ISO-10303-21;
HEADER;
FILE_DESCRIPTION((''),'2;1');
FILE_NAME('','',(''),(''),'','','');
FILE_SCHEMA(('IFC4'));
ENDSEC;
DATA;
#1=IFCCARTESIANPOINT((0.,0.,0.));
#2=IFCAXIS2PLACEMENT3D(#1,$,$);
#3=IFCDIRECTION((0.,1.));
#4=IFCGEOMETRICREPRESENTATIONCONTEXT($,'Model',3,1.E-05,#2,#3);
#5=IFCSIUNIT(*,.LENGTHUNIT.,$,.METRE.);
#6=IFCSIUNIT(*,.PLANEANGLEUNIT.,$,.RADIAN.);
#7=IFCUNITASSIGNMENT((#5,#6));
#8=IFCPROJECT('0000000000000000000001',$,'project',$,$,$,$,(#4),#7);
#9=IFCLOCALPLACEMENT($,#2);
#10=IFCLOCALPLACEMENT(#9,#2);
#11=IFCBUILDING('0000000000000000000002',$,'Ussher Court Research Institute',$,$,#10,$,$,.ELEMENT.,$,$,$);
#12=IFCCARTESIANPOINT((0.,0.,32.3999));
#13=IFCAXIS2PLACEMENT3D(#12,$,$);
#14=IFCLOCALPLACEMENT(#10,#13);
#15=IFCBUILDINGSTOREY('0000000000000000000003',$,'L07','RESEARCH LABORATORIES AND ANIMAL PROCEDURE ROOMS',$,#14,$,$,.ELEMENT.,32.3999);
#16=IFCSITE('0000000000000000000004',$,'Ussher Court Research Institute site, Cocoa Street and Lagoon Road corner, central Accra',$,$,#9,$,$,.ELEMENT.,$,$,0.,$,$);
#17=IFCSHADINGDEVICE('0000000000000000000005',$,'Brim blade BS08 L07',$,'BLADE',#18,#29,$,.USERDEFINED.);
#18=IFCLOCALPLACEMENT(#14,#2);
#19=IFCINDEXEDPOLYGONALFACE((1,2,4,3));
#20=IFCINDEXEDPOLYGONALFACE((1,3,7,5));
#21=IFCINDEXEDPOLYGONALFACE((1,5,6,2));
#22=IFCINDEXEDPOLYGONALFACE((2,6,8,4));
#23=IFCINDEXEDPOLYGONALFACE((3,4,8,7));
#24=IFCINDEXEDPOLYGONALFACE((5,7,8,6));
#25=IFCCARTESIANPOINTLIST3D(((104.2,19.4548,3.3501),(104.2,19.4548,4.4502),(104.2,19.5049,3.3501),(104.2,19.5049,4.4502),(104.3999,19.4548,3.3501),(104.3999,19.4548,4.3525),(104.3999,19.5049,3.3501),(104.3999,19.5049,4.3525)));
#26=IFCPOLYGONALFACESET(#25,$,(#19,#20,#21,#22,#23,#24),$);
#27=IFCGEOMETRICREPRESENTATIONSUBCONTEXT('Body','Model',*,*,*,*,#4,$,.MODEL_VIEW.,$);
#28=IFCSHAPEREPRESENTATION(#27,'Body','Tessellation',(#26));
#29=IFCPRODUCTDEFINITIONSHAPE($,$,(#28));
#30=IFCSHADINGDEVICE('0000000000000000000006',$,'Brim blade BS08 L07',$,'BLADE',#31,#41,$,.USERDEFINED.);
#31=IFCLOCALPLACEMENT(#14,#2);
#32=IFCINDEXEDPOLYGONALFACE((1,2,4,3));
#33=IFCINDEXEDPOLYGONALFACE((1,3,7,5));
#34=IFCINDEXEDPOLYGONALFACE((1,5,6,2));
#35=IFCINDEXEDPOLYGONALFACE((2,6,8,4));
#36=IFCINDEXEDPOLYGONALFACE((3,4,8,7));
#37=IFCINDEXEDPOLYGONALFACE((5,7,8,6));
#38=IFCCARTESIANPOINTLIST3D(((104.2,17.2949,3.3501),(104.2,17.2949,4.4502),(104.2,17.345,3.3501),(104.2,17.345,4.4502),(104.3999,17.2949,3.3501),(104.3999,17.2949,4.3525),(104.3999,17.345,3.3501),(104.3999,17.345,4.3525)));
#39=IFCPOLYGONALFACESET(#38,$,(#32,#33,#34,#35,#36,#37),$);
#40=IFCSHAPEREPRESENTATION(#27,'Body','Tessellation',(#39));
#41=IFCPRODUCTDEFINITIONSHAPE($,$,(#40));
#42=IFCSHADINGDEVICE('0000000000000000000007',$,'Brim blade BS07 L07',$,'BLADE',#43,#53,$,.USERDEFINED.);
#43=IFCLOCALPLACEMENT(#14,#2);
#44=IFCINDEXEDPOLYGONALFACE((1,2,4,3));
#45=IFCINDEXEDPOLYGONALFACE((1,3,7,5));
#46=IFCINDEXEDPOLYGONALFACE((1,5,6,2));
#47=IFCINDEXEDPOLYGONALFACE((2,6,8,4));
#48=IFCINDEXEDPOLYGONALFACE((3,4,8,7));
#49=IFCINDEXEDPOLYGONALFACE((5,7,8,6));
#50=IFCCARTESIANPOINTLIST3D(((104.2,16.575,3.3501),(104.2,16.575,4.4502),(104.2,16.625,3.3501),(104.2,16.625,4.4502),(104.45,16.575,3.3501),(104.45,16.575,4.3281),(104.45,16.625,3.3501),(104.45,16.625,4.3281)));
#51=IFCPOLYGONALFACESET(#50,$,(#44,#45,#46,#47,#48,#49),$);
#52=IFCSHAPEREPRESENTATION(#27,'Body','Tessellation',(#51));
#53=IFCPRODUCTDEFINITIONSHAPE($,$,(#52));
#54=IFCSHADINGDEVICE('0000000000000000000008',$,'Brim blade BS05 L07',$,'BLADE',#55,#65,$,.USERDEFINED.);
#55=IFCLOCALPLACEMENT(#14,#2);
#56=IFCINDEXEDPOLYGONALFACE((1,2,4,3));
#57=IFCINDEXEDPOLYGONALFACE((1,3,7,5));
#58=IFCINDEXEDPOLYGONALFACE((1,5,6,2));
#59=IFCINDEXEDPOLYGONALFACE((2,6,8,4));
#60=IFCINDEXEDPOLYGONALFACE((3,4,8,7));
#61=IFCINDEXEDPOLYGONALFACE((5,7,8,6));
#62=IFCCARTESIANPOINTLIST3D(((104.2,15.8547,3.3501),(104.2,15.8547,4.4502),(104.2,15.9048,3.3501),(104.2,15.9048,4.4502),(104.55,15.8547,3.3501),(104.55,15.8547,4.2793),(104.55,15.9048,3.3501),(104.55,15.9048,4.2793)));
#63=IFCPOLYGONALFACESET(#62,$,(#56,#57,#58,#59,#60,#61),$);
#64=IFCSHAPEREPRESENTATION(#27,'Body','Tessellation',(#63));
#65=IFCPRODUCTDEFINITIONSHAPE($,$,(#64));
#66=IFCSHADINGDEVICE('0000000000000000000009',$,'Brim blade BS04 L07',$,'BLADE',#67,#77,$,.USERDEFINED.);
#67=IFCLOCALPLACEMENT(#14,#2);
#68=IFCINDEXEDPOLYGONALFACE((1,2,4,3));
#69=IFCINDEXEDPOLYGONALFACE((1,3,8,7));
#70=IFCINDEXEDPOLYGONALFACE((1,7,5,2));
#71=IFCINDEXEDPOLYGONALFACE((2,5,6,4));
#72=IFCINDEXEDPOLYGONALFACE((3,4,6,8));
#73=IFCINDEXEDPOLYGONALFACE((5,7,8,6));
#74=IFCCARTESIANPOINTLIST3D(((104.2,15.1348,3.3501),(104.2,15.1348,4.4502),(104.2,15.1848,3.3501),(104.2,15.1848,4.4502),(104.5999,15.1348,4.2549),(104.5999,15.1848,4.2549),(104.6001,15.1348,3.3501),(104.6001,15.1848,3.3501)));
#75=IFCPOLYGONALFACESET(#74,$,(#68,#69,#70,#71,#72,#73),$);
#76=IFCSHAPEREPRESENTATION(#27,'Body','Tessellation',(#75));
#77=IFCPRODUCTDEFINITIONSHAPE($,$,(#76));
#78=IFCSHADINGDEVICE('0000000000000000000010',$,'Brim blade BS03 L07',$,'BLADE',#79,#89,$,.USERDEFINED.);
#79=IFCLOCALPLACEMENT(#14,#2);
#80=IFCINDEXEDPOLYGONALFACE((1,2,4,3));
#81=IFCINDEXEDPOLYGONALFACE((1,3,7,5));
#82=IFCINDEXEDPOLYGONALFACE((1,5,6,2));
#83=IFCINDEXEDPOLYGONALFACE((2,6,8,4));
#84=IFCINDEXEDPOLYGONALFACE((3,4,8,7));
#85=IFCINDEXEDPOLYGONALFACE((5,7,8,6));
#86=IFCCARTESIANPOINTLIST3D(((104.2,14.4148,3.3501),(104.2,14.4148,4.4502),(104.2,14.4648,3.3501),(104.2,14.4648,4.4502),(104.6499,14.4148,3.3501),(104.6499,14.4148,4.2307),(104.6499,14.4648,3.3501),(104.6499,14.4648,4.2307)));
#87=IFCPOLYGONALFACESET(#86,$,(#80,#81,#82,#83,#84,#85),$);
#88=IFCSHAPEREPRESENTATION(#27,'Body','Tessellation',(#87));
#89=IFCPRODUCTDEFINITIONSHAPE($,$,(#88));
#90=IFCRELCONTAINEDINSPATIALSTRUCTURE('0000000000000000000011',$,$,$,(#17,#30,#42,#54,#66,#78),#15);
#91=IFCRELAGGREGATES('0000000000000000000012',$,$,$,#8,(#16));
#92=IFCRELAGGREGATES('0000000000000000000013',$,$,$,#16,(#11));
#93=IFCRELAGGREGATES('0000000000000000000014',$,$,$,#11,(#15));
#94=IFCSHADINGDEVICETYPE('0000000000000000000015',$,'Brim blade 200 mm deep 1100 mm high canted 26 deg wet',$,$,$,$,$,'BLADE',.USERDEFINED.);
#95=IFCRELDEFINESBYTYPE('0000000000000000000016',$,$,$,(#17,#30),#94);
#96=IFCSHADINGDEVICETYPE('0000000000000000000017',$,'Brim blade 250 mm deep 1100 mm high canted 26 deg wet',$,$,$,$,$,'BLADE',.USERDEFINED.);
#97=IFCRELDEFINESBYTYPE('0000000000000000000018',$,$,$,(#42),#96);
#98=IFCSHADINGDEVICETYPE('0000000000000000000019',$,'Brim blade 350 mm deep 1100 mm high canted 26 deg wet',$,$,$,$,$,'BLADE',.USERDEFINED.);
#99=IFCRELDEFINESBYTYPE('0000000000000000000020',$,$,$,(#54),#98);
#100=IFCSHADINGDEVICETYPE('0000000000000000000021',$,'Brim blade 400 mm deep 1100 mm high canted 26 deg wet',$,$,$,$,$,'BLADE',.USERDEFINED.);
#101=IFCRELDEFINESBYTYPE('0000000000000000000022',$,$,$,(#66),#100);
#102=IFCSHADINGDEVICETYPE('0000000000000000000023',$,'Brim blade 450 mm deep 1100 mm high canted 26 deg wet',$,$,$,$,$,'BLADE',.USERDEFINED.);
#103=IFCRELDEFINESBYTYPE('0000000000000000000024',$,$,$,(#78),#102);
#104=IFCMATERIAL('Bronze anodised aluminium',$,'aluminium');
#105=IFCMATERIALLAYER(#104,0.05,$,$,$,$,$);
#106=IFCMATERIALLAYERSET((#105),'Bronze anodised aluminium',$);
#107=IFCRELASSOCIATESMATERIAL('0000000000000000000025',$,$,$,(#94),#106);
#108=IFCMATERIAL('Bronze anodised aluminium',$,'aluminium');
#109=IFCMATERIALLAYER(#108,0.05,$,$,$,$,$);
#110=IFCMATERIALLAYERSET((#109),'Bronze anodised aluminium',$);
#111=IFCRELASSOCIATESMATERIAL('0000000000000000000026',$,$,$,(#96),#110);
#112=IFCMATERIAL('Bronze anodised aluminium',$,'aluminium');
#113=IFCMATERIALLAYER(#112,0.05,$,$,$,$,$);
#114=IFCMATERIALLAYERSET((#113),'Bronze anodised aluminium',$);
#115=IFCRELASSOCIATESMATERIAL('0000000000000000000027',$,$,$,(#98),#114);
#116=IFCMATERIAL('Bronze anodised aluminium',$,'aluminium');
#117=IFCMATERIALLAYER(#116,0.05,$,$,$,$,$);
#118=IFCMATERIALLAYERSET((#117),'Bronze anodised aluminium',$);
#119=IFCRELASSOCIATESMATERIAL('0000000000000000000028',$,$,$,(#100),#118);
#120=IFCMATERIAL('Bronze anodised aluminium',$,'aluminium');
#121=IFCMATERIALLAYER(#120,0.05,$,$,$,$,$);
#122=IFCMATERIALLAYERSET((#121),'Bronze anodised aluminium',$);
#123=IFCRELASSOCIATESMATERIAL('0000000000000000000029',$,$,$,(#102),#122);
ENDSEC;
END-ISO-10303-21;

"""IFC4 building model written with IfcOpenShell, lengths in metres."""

from ifc_helpers import new_model, si_unit, direction, frame, origin, place, context, subcontext, project, spatial, polyline, outline, extrude, material, layer, layer_set, type_object, element, save


model = new_model("IFC4")

# Units and contexts
model_context = context("Model", 3, precision=1e-05, world=origin(), true_north=direction((0.0, 1.0)))
body_context = subcontext(model_context, "Body", "Model", "MODEL_VIEW")
ifc_project = project(units=[si_unit("LENGTHUNIT", "METRE"), si_unit("PLANEANGLEUNIT", "RADIAN")], contexts=[model_context])

# Site, building, storey
site_placement = place(None, origin())
site = spatial("IfcSite", under=ifc_project, at=site_placement, Name="Ussher Court Research Institute site, Cocoa Street and Lagoon Road corner, central Accra", CompositionType="ELEMENT", RefElevation=0.0)
building_placement = place(site_placement, origin())
building = spatial("IfcBuilding", under=site, at=building_placement, Name="Ussher Court Research Institute", CompositionType="ELEMENT")
storey_placement = place(building_placement, frame((0.0, 0.0, 32.3999)))
storey = spatial("IfcBuildingStorey", under=building, at=storey_placement, Name="L07", Description="RESEARCH LABORATORIES AND ANIMAL PROCEDURE ROOMS", CompositionType="ELEMENT", Elevation=32.3999)

# Shading devices
ifc_material_1 = material(Name="Bronze anodised aluminium", Category="aluminium")
ifc_layer_1 = layer(ifc_material_1, 0.05)
ifc_layer_set_1 = layer_set([ifc_layer_1], Name="Bronze anodised aluminium")
shading_device_type_1 = type_object("IfcShadingDeviceType", Name="Brim blade 200 mm deep 1100 mm high canted 26 deg wet", ElementType="BLADE", PredefinedType="USERDEFINED", material=ifc_layer_set_1)
for number, where, z_axis, x_axis, name in (
    (1, (104.2, 19.48, 3.3501), (0.0, 0.0, 1.0), (1.0, 0.0, 0.0), "Brim blade BS08 L07"),
    (2, (104.2, 17.3201, 3.3501), (0.0, 0.0, 1.0), (1.0, 0.0, 0.0), "Brim blade BS08 L07"),
):
    element("IfcShadingDevice", number, at=place(storey_placement, frame(where, z_axis=z_axis, x_axis=x_axis)), inside=storey, type_object=shading_device_type_1, Name=name, ObjectType="BLADE", PredefinedType="USERDEFINED", context=body_context, shape_type="SweptSolid", body=[
        extrude(outline(polyline([(0.0, 0.0), (0.2, 0.0), (0.2, 1.0024), (0.0, 1.1001), (0.0, 0.0)])), frame((0.0, 0.0249, 0.0), z_axis=(0.0, -1.0, 0.0), x_axis=(1.0, 0.0, 0.0)), (0.0, 0.0, 1.0), 0.05),
    ])
ifc_material_2 = material(Name="Bronze anodised aluminium", Category="aluminium")
ifc_layer_2 = layer(ifc_material_2, 0.05)
ifc_layer_set_2 = layer_set([ifc_layer_2], Name="Bronze anodised aluminium")
shading_device_type_2 = type_object("IfcShadingDeviceType", Name="Brim blade 250 mm deep 1100 mm high canted 26 deg wet", ElementType="BLADE", PredefinedType="USERDEFINED", material=ifc_layer_set_2)
shading_device_1_placement = place(storey_placement, frame((104.2, 16.6001, 3.3501), z_axis=(0.0, 0.0, 1.0), x_axis=(1.0, 0.0, 0.0)))
element("IfcShadingDevice", 3, at=shading_device_1_placement, inside=storey, type_object=shading_device_type_2, Name="Brim blade BS07 L07", ObjectType="BLADE", PredefinedType="USERDEFINED", context=body_context, shape_type="SweptSolid", body=[
    extrude(outline(polyline([(0.0, 0.0), (0.25, 0.0), (0.25, 0.978), (0.0, 1.1001), (0.0, 0.0)])), frame((0.0, 0.0249, 0.0), z_axis=(0.0, -1.0, 0.0), x_axis=(1.0, 0.0, 0.0)), (0.0, 0.0, 1.0), 0.05),
])
ifc_material_3 = material(Name="Bronze anodised aluminium", Category="aluminium")
ifc_layer_3 = layer(ifc_material_3, 0.05)
ifc_layer_set_3 = layer_set([ifc_layer_3], Name="Bronze anodised aluminium")
shading_device_type_3 = type_object("IfcShadingDeviceType", Name="Brim blade 350 mm deep 1100 mm high canted 26 deg wet", ElementType="BLADE", PredefinedType="USERDEFINED", material=ifc_layer_set_3)
shading_device_2_placement = place(storey_placement, frame((104.2, 15.8799, 3.3501), z_axis=(0.0, 0.0, 1.0), x_axis=(1.0, 0.0, 0.0)))
element("IfcShadingDevice", 4, at=shading_device_2_placement, inside=storey, type_object=shading_device_type_3, Name="Brim blade BS05 L07", ObjectType="BLADE", PredefinedType="USERDEFINED", context=body_context, shape_type="SweptSolid", body=[
    extrude(outline(polyline([(0.0, 0.0), (0.3501, 0.0), (0.3501, 0.9292), (0.0, 1.1001), (0.0, 0.0)])), frame((0.0, 0.0249, 0.0), z_axis=(0.0, -1.0, 0.0), x_axis=(1.0, 0.0, 0.0)), (0.0, 0.0, 1.0), 0.05),
])
ifc_material_4 = material(Name="Bronze anodised aluminium", Category="aluminium")
ifc_layer_4 = layer(ifc_material_4, 0.05)
ifc_layer_set_4 = layer_set([ifc_layer_4], Name="Bronze anodised aluminium")
shading_device_type_4 = type_object("IfcShadingDeviceType", Name="Brim blade 400 mm deep 1100 mm high canted 26 deg wet", ElementType="BLADE", PredefinedType="USERDEFINED", material=ifc_layer_set_4)
shading_device_3_placement = place(storey_placement, frame((104.2, 15.1599, 3.3501), z_axis=(0.0, 0.0, 1.0), x_axis=(1.0, 0.0, 0.0)))
element("IfcShadingDevice", 5, at=shading_device_3_placement, inside=storey, type_object=shading_device_type_4, Name="Brim blade BS04 L07", ObjectType="BLADE", PredefinedType="USERDEFINED", context=body_context, shape_type="SweptSolid", body=[
    extrude(outline(polyline([(0.0, 0.0), (0.4001, 0.0), (0.3999, 0.9048), (0.0, 1.1001), (0.0, 0.0)])), frame((0.0, 0.0249, 0.0), z_axis=(0.0, -1.0, 0.0), x_axis=(1.0, 0.0, 0.0)), (0.0, 0.0, 1.0), 0.05),
])
ifc_material_5 = material(Name="Bronze anodised aluminium", Category="aluminium")
ifc_layer_5 = layer(ifc_material_5, 0.05)
ifc_layer_set_5 = layer_set([ifc_layer_5], Name="Bronze anodised aluminium")
shading_device_type_5 = type_object("IfcShadingDeviceType", Name="Brim blade 450 mm deep 1100 mm high canted 26 deg wet", ElementType="BLADE", PredefinedType="USERDEFINED", material=ifc_layer_set_5)
shading_device_4_placement = place(storey_placement, frame((104.2, 14.4399, 3.3501), z_axis=(0.0, 0.0, 1.0), x_axis=(1.0, 0.0, 0.0)))
element("IfcShadingDevice", 6, at=shading_device_4_placement, inside=storey, type_object=shading_device_type_5, Name="Brim blade BS03 L07", ObjectType="BLADE", PredefinedType="USERDEFINED", context=body_context, shape_type="SweptSolid", body=[
    extrude(outline(polyline([(0.0, 0.0), (0.45, 0.0), (0.45, 0.8806), (0.0, 1.1001), (0.0, 0.0)])), frame((0.0, 0.0249, 0.0), z_axis=(0.0, -1.0, 0.0), x_axis=(1.0, 0.0, 0.0)), (0.0, 0.0, 1.0), 0.05),
])

save(model, "model.ifc")
